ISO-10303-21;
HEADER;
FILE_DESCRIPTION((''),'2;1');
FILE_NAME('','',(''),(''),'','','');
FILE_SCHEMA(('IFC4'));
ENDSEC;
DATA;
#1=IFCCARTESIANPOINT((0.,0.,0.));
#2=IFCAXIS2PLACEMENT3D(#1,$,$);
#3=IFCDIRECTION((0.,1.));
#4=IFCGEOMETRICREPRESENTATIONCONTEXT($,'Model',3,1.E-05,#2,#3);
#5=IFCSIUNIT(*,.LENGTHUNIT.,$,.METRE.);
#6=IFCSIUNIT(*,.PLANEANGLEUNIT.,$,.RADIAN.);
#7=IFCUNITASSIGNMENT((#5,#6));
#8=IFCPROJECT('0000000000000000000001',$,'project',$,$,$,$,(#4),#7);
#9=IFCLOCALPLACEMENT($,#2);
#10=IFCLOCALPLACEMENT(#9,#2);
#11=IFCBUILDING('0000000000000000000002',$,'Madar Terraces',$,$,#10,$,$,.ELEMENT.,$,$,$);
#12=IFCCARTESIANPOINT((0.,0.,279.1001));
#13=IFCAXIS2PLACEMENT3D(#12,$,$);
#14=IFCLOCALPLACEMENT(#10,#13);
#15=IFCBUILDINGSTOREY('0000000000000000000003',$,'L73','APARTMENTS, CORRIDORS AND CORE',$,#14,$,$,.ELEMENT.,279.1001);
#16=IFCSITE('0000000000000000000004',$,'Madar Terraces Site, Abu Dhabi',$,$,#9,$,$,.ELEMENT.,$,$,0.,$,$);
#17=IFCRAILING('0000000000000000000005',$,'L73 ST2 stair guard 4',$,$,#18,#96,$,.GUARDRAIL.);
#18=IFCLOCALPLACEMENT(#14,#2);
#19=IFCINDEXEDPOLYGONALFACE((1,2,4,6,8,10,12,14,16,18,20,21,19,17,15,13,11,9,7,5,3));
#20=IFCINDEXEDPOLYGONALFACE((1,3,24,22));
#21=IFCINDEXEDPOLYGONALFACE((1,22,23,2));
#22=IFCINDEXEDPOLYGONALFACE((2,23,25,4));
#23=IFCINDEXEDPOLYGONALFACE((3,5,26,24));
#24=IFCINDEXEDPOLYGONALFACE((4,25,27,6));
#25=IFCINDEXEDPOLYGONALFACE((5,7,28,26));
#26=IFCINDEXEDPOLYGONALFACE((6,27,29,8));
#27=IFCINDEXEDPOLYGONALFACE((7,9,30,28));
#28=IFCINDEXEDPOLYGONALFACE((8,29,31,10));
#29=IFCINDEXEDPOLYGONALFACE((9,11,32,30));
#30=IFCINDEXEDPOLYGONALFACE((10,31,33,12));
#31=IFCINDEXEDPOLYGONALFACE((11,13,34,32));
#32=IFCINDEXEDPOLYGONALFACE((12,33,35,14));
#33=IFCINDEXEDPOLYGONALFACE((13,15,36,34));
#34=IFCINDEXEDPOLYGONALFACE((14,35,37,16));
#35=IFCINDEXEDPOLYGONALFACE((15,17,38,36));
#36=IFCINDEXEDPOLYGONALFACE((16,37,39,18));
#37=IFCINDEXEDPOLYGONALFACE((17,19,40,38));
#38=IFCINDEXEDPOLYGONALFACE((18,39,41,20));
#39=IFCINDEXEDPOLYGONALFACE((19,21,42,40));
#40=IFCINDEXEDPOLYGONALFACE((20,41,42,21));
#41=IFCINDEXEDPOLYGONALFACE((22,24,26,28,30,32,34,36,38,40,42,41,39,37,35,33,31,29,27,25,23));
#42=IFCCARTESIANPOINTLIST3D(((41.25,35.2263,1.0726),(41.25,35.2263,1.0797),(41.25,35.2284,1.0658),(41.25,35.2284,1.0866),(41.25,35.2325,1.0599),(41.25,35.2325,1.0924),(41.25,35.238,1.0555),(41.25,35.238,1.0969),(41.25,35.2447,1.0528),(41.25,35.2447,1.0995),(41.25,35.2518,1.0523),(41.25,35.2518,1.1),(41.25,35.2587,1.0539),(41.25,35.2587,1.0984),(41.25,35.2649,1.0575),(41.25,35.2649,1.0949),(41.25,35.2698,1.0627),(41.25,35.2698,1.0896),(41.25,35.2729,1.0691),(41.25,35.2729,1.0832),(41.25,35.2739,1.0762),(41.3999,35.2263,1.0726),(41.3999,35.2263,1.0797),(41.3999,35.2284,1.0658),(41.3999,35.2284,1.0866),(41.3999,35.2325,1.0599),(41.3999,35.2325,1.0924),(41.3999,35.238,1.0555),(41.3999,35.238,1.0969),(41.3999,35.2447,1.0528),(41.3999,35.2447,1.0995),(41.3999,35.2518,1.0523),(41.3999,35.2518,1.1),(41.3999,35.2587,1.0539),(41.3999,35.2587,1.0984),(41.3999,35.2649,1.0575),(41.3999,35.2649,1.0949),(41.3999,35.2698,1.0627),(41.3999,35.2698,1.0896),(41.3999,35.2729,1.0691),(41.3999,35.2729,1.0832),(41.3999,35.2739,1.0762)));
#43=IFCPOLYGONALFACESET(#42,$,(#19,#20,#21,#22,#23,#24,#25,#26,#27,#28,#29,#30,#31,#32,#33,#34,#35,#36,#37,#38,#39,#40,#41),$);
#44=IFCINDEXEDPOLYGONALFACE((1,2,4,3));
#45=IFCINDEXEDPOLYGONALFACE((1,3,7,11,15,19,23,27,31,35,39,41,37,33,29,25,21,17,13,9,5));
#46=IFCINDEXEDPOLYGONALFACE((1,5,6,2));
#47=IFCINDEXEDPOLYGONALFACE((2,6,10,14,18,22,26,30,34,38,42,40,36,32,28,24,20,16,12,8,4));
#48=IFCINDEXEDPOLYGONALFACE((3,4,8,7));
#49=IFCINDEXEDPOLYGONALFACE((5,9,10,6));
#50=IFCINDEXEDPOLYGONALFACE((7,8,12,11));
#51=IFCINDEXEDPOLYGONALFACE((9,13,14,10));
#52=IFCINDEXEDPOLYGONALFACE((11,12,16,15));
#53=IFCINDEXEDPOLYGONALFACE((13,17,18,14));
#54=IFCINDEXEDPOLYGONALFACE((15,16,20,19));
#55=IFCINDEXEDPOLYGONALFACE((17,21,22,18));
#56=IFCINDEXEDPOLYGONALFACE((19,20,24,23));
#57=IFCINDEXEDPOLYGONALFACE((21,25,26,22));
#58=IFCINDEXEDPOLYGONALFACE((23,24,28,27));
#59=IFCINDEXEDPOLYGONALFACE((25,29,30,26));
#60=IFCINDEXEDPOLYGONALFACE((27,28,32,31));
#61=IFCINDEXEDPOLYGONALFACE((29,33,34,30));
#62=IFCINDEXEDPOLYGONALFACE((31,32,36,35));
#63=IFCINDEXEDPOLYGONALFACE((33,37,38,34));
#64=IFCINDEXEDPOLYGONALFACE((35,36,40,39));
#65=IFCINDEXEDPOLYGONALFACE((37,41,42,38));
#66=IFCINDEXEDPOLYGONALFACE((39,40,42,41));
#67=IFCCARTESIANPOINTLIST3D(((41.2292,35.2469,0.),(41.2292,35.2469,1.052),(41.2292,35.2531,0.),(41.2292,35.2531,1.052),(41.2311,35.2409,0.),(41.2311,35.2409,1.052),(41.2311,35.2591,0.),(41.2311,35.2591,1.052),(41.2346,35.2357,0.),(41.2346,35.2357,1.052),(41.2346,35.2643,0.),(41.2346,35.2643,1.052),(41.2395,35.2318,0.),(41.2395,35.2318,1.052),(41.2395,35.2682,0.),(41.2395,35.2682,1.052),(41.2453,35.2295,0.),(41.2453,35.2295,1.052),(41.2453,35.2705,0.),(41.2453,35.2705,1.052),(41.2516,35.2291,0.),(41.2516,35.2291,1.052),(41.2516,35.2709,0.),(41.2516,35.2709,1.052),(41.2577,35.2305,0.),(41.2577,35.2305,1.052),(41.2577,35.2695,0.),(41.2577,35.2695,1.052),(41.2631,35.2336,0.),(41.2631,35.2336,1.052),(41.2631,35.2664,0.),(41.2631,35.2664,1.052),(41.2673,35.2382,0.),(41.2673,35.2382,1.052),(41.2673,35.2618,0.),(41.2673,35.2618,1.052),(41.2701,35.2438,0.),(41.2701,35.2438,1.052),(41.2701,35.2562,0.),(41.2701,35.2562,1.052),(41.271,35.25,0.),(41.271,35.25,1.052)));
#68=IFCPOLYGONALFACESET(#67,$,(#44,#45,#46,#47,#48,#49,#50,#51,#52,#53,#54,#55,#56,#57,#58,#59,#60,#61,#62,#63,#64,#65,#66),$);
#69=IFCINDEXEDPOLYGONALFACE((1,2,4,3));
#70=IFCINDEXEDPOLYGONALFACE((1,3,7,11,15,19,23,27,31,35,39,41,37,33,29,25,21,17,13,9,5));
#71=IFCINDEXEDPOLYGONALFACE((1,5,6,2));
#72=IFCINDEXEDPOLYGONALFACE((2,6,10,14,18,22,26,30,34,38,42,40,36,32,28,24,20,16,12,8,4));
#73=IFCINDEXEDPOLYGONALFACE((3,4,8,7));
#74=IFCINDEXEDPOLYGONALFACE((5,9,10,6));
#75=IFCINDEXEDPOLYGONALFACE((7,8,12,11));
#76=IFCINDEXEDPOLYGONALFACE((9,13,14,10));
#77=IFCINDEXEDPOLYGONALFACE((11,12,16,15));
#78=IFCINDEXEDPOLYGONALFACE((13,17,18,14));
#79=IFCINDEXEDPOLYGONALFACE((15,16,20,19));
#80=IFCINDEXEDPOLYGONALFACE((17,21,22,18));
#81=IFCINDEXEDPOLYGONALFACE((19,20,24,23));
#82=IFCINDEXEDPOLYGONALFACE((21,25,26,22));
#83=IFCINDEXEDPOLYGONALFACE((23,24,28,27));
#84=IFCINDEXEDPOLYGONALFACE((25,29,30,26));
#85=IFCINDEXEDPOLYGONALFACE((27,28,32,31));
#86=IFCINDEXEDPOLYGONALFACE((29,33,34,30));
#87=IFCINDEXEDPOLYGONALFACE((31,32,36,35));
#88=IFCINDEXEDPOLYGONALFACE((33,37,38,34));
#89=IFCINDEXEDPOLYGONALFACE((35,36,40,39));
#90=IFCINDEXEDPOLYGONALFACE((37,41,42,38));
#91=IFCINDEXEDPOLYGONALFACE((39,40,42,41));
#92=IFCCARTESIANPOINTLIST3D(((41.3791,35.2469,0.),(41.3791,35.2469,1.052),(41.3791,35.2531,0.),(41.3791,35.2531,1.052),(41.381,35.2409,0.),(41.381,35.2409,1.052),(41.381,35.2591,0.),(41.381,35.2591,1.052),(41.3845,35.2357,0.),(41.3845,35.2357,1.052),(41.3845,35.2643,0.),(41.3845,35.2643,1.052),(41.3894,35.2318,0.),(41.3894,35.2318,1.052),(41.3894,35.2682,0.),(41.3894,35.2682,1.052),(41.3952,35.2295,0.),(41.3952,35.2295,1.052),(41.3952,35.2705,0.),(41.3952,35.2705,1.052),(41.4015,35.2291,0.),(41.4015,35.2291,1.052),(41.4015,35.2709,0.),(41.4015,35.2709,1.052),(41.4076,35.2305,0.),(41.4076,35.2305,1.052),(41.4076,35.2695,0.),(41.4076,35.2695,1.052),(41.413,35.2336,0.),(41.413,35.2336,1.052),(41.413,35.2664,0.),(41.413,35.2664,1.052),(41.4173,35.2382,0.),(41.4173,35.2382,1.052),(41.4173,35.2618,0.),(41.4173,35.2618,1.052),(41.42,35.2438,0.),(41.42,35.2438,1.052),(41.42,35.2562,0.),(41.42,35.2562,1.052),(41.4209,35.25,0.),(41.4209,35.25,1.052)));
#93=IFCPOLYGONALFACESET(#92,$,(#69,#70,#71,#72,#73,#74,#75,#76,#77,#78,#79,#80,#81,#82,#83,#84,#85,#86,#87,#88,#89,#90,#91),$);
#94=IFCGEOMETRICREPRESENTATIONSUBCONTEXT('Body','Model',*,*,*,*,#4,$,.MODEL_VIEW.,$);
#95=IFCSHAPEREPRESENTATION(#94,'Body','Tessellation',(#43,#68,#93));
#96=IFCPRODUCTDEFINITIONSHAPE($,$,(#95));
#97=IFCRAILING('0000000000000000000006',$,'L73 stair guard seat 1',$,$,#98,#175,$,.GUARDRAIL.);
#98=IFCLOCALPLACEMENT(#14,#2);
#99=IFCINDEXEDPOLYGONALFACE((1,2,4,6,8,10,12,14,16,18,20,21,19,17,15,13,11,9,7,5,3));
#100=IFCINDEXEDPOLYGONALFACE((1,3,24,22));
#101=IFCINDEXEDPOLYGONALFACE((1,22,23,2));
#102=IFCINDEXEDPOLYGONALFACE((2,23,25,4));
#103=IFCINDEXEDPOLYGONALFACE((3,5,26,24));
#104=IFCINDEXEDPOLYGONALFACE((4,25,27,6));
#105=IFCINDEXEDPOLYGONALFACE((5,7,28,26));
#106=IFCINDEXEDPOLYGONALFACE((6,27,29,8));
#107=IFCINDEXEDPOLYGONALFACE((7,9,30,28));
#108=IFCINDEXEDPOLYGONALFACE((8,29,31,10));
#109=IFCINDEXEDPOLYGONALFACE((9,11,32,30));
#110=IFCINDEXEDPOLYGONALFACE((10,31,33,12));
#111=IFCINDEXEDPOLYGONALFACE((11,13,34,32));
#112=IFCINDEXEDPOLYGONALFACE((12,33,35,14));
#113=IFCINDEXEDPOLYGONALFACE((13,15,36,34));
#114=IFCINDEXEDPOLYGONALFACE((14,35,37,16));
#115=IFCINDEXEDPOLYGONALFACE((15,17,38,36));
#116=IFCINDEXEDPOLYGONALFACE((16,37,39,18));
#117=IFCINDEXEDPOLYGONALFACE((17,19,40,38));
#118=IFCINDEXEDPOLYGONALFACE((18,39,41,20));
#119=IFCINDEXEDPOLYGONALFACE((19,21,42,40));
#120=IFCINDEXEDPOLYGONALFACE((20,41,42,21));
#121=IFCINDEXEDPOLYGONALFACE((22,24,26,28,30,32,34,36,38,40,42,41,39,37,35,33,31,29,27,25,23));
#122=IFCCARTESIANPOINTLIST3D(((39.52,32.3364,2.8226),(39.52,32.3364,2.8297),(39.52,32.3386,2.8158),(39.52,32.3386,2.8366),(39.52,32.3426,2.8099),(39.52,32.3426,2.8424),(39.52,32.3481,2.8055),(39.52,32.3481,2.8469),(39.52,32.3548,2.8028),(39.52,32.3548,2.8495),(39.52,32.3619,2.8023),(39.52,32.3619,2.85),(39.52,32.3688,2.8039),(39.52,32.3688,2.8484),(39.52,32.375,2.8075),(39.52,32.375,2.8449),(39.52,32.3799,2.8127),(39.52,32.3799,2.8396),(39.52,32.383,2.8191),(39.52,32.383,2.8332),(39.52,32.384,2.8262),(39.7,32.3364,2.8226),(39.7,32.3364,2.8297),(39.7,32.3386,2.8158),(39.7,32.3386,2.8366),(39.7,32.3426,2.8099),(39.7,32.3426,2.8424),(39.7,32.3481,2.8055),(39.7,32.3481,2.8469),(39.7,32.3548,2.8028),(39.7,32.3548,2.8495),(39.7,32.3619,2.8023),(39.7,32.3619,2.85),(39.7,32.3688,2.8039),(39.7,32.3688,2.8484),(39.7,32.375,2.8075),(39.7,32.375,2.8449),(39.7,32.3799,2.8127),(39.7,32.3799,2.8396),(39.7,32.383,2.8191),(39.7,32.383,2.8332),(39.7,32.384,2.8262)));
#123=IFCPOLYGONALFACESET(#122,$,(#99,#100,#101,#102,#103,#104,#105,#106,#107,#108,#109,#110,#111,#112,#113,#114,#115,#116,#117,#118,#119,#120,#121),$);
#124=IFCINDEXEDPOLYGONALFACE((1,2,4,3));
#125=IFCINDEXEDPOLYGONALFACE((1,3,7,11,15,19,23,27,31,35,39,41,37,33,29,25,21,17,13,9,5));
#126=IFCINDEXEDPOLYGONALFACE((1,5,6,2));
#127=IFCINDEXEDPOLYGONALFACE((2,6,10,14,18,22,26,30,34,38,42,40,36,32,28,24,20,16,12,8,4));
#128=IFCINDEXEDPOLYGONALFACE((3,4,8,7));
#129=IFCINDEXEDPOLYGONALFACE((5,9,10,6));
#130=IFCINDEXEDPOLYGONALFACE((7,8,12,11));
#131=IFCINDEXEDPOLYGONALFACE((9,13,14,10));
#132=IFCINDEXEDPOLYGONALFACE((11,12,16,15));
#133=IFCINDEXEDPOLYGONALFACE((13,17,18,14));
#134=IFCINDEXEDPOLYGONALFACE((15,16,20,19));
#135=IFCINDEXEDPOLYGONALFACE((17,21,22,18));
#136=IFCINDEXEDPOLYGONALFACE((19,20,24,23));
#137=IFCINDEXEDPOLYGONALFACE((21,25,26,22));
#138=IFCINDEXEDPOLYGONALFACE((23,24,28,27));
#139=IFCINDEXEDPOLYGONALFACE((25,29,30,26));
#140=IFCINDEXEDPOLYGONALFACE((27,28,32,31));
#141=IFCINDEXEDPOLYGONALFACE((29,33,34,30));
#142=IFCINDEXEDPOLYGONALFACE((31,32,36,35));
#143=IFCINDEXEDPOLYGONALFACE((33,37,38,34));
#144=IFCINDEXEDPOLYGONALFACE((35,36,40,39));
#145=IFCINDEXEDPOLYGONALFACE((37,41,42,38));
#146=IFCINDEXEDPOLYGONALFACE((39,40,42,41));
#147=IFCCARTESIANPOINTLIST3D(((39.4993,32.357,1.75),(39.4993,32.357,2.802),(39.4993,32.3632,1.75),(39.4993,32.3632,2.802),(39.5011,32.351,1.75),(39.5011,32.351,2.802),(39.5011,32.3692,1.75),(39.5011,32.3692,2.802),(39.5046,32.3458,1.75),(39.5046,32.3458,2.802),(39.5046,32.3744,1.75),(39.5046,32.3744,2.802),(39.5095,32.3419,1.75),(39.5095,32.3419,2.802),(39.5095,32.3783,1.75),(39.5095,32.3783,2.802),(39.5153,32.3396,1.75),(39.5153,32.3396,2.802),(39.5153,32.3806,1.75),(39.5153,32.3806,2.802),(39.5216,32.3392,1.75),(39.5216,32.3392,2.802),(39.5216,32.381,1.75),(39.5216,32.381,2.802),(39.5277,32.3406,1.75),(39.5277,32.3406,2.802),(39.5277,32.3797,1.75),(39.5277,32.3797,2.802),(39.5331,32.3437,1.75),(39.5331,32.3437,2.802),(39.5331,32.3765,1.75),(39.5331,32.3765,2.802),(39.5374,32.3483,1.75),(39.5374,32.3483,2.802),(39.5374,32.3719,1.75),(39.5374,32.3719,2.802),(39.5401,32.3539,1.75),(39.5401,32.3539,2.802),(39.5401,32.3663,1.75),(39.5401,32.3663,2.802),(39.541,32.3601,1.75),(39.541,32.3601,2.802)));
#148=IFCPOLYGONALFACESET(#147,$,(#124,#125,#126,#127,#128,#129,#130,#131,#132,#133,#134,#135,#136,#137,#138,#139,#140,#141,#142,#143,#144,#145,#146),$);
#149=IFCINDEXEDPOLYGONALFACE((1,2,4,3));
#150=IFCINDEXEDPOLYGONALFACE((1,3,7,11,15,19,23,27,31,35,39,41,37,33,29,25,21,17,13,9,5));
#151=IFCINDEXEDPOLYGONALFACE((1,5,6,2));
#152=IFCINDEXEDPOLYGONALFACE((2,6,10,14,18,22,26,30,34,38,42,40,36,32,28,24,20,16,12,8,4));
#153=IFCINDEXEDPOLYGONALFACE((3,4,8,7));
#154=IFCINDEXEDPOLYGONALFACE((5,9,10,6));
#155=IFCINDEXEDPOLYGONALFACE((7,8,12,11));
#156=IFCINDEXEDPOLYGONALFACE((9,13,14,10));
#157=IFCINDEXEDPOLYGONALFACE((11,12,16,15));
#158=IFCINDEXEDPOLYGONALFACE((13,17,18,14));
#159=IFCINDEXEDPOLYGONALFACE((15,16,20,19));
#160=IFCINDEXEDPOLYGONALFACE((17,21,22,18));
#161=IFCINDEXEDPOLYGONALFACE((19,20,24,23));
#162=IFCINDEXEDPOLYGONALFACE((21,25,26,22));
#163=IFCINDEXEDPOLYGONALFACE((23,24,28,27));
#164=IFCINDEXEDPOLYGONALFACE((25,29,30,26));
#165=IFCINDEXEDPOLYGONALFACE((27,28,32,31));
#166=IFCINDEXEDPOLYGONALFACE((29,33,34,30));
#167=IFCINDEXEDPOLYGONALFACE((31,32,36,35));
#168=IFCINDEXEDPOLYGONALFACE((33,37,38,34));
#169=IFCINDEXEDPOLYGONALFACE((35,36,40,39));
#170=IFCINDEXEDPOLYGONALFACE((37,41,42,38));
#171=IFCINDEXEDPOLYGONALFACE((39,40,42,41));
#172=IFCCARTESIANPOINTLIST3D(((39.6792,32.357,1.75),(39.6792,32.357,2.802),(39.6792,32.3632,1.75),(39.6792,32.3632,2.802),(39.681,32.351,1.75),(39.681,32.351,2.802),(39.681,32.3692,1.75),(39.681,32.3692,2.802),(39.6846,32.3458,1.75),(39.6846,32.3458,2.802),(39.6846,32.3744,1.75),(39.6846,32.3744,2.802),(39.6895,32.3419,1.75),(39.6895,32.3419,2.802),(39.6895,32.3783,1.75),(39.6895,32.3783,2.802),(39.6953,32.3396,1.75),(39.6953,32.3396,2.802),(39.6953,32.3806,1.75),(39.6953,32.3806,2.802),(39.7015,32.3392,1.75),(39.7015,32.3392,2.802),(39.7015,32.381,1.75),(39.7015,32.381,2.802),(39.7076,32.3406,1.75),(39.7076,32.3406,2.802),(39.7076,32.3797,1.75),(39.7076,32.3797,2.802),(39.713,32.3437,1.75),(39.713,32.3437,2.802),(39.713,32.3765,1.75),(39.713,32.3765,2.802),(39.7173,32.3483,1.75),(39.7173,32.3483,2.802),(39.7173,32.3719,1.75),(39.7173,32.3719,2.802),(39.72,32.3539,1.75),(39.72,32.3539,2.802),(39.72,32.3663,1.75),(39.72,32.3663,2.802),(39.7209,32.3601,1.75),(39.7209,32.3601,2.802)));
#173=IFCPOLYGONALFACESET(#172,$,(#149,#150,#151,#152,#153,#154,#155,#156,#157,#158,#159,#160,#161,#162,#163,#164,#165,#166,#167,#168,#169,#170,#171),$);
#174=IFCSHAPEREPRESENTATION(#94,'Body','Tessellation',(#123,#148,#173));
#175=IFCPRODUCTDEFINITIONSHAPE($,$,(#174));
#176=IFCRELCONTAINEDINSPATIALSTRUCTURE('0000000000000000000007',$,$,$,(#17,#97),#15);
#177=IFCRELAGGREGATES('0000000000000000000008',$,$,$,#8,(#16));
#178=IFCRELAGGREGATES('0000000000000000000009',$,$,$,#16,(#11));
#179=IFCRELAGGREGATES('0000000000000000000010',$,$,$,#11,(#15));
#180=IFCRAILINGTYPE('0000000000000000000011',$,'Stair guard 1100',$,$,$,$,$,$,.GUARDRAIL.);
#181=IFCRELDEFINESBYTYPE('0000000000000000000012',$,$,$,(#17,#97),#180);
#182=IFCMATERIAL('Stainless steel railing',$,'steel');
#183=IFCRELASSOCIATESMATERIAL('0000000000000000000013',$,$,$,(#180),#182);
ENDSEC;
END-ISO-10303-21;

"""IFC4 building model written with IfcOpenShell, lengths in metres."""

from ifc_helpers import new_model, si_unit, direction, frame, origin, origin_2d, place, context, subcontext, project, spatial, circle, extrude, material, type_object, element, save


model = new_model("IFC4")

# Units and contexts
model_context = context("Model", 3, precision=1e-05, world=origin(), true_north=direction((0.0, 1.0)))
body_context = subcontext(model_context, "Body", "Model", "MODEL_VIEW")
ifc_project = project(units=[si_unit("LENGTHUNIT", "METRE"), si_unit("PLANEANGLEUNIT", "RADIAN")], contexts=[model_context])

# Site, building, storey
site_placement = place(None, origin())
site = spatial("IfcSite", under=ifc_project, at=site_placement, Name="Madar Terraces Site, Abu Dhabi", CompositionType="ELEMENT", RefElevation=0.0)
building_placement = place(site_placement, origin())
building = spatial("IfcBuilding", under=site, at=building_placement, Name="Madar Terraces", CompositionType="ELEMENT")
storey_placement = place(building_placement, frame((0.0, 0.0, 279.1001)))
storey = spatial("IfcBuildingStorey", under=building, at=storey_placement, Name="L73", Description="APARTMENTS, CORRIDORS AND CORE", CompositionType="ELEMENT", Elevation=279.1001)

# Railings
ifc_material_1 = material(Name="Stainless steel railing", Category="steel")
railing_type_1 = type_object("IfcRailingType", Name="Stair guard 1100", PredefinedType="GUARDRAIL", material=ifc_material_1)
railing_1_placement = place(storey_placement, frame((41.25, 35.25, 0.0)))
element("IfcRailing", 1, at=railing_1_placement, inside=storey, type_object=railing_type_1, Name="L73 ST2 stair guard 4", PredefinedType="GUARDRAIL", context=body_context, shape_type="SweptSolid", body=[
    extrude(circle(Radius=0.0239, at=origin_2d()), frame((0.0, 0.0, 1.0762), z_axis=(1.0, 0.0, 0.0), x_axis=(0.0, 1.0, 0.0)), (0.0, 0.0, 1.0), 0.1499),
    extrude(circle(Radius=0.021, at=origin_2d()), origin(), (0.0, 0.0, 1.0), 1.052),
    extrude(circle(Radius=0.021, at=origin_2d()), frame((0.1499, 0.0, 0.0)), (0.0, 0.0, 1.0), 1.052),
])
for number, where, name in (
    (2, (39.52, 32.3601, 1.75), "L73 stair guard seat 1"),
):
    element("IfcRailing", number, at=place(storey_placement, frame(where)), inside=storey, type_object=railing_type_1, Name=name, PredefinedType="GUARDRAIL", context=body_context, shape_type="SweptSolid", body=[
        extrude(circle(Radius=0.0239, at=origin_2d()), frame((0.0, 0.0, 1.0762), z_axis=(1.0, 0.0, 0.0), x_axis=(0.0, 1.0, 0.0)), (0.0, 0.0, 1.0), 0.1799),
        extrude(circle(Radius=0.021, at=origin_2d()), origin(), (0.0, 0.0, 1.0), 1.052),
        extrude(circle(Radius=0.021, at=origin_2d()), frame((0.1799, 0.0, 0.0)), (0.0, 0.0, 1.0), 1.052),
    ])

save(model, "model.ifc")
